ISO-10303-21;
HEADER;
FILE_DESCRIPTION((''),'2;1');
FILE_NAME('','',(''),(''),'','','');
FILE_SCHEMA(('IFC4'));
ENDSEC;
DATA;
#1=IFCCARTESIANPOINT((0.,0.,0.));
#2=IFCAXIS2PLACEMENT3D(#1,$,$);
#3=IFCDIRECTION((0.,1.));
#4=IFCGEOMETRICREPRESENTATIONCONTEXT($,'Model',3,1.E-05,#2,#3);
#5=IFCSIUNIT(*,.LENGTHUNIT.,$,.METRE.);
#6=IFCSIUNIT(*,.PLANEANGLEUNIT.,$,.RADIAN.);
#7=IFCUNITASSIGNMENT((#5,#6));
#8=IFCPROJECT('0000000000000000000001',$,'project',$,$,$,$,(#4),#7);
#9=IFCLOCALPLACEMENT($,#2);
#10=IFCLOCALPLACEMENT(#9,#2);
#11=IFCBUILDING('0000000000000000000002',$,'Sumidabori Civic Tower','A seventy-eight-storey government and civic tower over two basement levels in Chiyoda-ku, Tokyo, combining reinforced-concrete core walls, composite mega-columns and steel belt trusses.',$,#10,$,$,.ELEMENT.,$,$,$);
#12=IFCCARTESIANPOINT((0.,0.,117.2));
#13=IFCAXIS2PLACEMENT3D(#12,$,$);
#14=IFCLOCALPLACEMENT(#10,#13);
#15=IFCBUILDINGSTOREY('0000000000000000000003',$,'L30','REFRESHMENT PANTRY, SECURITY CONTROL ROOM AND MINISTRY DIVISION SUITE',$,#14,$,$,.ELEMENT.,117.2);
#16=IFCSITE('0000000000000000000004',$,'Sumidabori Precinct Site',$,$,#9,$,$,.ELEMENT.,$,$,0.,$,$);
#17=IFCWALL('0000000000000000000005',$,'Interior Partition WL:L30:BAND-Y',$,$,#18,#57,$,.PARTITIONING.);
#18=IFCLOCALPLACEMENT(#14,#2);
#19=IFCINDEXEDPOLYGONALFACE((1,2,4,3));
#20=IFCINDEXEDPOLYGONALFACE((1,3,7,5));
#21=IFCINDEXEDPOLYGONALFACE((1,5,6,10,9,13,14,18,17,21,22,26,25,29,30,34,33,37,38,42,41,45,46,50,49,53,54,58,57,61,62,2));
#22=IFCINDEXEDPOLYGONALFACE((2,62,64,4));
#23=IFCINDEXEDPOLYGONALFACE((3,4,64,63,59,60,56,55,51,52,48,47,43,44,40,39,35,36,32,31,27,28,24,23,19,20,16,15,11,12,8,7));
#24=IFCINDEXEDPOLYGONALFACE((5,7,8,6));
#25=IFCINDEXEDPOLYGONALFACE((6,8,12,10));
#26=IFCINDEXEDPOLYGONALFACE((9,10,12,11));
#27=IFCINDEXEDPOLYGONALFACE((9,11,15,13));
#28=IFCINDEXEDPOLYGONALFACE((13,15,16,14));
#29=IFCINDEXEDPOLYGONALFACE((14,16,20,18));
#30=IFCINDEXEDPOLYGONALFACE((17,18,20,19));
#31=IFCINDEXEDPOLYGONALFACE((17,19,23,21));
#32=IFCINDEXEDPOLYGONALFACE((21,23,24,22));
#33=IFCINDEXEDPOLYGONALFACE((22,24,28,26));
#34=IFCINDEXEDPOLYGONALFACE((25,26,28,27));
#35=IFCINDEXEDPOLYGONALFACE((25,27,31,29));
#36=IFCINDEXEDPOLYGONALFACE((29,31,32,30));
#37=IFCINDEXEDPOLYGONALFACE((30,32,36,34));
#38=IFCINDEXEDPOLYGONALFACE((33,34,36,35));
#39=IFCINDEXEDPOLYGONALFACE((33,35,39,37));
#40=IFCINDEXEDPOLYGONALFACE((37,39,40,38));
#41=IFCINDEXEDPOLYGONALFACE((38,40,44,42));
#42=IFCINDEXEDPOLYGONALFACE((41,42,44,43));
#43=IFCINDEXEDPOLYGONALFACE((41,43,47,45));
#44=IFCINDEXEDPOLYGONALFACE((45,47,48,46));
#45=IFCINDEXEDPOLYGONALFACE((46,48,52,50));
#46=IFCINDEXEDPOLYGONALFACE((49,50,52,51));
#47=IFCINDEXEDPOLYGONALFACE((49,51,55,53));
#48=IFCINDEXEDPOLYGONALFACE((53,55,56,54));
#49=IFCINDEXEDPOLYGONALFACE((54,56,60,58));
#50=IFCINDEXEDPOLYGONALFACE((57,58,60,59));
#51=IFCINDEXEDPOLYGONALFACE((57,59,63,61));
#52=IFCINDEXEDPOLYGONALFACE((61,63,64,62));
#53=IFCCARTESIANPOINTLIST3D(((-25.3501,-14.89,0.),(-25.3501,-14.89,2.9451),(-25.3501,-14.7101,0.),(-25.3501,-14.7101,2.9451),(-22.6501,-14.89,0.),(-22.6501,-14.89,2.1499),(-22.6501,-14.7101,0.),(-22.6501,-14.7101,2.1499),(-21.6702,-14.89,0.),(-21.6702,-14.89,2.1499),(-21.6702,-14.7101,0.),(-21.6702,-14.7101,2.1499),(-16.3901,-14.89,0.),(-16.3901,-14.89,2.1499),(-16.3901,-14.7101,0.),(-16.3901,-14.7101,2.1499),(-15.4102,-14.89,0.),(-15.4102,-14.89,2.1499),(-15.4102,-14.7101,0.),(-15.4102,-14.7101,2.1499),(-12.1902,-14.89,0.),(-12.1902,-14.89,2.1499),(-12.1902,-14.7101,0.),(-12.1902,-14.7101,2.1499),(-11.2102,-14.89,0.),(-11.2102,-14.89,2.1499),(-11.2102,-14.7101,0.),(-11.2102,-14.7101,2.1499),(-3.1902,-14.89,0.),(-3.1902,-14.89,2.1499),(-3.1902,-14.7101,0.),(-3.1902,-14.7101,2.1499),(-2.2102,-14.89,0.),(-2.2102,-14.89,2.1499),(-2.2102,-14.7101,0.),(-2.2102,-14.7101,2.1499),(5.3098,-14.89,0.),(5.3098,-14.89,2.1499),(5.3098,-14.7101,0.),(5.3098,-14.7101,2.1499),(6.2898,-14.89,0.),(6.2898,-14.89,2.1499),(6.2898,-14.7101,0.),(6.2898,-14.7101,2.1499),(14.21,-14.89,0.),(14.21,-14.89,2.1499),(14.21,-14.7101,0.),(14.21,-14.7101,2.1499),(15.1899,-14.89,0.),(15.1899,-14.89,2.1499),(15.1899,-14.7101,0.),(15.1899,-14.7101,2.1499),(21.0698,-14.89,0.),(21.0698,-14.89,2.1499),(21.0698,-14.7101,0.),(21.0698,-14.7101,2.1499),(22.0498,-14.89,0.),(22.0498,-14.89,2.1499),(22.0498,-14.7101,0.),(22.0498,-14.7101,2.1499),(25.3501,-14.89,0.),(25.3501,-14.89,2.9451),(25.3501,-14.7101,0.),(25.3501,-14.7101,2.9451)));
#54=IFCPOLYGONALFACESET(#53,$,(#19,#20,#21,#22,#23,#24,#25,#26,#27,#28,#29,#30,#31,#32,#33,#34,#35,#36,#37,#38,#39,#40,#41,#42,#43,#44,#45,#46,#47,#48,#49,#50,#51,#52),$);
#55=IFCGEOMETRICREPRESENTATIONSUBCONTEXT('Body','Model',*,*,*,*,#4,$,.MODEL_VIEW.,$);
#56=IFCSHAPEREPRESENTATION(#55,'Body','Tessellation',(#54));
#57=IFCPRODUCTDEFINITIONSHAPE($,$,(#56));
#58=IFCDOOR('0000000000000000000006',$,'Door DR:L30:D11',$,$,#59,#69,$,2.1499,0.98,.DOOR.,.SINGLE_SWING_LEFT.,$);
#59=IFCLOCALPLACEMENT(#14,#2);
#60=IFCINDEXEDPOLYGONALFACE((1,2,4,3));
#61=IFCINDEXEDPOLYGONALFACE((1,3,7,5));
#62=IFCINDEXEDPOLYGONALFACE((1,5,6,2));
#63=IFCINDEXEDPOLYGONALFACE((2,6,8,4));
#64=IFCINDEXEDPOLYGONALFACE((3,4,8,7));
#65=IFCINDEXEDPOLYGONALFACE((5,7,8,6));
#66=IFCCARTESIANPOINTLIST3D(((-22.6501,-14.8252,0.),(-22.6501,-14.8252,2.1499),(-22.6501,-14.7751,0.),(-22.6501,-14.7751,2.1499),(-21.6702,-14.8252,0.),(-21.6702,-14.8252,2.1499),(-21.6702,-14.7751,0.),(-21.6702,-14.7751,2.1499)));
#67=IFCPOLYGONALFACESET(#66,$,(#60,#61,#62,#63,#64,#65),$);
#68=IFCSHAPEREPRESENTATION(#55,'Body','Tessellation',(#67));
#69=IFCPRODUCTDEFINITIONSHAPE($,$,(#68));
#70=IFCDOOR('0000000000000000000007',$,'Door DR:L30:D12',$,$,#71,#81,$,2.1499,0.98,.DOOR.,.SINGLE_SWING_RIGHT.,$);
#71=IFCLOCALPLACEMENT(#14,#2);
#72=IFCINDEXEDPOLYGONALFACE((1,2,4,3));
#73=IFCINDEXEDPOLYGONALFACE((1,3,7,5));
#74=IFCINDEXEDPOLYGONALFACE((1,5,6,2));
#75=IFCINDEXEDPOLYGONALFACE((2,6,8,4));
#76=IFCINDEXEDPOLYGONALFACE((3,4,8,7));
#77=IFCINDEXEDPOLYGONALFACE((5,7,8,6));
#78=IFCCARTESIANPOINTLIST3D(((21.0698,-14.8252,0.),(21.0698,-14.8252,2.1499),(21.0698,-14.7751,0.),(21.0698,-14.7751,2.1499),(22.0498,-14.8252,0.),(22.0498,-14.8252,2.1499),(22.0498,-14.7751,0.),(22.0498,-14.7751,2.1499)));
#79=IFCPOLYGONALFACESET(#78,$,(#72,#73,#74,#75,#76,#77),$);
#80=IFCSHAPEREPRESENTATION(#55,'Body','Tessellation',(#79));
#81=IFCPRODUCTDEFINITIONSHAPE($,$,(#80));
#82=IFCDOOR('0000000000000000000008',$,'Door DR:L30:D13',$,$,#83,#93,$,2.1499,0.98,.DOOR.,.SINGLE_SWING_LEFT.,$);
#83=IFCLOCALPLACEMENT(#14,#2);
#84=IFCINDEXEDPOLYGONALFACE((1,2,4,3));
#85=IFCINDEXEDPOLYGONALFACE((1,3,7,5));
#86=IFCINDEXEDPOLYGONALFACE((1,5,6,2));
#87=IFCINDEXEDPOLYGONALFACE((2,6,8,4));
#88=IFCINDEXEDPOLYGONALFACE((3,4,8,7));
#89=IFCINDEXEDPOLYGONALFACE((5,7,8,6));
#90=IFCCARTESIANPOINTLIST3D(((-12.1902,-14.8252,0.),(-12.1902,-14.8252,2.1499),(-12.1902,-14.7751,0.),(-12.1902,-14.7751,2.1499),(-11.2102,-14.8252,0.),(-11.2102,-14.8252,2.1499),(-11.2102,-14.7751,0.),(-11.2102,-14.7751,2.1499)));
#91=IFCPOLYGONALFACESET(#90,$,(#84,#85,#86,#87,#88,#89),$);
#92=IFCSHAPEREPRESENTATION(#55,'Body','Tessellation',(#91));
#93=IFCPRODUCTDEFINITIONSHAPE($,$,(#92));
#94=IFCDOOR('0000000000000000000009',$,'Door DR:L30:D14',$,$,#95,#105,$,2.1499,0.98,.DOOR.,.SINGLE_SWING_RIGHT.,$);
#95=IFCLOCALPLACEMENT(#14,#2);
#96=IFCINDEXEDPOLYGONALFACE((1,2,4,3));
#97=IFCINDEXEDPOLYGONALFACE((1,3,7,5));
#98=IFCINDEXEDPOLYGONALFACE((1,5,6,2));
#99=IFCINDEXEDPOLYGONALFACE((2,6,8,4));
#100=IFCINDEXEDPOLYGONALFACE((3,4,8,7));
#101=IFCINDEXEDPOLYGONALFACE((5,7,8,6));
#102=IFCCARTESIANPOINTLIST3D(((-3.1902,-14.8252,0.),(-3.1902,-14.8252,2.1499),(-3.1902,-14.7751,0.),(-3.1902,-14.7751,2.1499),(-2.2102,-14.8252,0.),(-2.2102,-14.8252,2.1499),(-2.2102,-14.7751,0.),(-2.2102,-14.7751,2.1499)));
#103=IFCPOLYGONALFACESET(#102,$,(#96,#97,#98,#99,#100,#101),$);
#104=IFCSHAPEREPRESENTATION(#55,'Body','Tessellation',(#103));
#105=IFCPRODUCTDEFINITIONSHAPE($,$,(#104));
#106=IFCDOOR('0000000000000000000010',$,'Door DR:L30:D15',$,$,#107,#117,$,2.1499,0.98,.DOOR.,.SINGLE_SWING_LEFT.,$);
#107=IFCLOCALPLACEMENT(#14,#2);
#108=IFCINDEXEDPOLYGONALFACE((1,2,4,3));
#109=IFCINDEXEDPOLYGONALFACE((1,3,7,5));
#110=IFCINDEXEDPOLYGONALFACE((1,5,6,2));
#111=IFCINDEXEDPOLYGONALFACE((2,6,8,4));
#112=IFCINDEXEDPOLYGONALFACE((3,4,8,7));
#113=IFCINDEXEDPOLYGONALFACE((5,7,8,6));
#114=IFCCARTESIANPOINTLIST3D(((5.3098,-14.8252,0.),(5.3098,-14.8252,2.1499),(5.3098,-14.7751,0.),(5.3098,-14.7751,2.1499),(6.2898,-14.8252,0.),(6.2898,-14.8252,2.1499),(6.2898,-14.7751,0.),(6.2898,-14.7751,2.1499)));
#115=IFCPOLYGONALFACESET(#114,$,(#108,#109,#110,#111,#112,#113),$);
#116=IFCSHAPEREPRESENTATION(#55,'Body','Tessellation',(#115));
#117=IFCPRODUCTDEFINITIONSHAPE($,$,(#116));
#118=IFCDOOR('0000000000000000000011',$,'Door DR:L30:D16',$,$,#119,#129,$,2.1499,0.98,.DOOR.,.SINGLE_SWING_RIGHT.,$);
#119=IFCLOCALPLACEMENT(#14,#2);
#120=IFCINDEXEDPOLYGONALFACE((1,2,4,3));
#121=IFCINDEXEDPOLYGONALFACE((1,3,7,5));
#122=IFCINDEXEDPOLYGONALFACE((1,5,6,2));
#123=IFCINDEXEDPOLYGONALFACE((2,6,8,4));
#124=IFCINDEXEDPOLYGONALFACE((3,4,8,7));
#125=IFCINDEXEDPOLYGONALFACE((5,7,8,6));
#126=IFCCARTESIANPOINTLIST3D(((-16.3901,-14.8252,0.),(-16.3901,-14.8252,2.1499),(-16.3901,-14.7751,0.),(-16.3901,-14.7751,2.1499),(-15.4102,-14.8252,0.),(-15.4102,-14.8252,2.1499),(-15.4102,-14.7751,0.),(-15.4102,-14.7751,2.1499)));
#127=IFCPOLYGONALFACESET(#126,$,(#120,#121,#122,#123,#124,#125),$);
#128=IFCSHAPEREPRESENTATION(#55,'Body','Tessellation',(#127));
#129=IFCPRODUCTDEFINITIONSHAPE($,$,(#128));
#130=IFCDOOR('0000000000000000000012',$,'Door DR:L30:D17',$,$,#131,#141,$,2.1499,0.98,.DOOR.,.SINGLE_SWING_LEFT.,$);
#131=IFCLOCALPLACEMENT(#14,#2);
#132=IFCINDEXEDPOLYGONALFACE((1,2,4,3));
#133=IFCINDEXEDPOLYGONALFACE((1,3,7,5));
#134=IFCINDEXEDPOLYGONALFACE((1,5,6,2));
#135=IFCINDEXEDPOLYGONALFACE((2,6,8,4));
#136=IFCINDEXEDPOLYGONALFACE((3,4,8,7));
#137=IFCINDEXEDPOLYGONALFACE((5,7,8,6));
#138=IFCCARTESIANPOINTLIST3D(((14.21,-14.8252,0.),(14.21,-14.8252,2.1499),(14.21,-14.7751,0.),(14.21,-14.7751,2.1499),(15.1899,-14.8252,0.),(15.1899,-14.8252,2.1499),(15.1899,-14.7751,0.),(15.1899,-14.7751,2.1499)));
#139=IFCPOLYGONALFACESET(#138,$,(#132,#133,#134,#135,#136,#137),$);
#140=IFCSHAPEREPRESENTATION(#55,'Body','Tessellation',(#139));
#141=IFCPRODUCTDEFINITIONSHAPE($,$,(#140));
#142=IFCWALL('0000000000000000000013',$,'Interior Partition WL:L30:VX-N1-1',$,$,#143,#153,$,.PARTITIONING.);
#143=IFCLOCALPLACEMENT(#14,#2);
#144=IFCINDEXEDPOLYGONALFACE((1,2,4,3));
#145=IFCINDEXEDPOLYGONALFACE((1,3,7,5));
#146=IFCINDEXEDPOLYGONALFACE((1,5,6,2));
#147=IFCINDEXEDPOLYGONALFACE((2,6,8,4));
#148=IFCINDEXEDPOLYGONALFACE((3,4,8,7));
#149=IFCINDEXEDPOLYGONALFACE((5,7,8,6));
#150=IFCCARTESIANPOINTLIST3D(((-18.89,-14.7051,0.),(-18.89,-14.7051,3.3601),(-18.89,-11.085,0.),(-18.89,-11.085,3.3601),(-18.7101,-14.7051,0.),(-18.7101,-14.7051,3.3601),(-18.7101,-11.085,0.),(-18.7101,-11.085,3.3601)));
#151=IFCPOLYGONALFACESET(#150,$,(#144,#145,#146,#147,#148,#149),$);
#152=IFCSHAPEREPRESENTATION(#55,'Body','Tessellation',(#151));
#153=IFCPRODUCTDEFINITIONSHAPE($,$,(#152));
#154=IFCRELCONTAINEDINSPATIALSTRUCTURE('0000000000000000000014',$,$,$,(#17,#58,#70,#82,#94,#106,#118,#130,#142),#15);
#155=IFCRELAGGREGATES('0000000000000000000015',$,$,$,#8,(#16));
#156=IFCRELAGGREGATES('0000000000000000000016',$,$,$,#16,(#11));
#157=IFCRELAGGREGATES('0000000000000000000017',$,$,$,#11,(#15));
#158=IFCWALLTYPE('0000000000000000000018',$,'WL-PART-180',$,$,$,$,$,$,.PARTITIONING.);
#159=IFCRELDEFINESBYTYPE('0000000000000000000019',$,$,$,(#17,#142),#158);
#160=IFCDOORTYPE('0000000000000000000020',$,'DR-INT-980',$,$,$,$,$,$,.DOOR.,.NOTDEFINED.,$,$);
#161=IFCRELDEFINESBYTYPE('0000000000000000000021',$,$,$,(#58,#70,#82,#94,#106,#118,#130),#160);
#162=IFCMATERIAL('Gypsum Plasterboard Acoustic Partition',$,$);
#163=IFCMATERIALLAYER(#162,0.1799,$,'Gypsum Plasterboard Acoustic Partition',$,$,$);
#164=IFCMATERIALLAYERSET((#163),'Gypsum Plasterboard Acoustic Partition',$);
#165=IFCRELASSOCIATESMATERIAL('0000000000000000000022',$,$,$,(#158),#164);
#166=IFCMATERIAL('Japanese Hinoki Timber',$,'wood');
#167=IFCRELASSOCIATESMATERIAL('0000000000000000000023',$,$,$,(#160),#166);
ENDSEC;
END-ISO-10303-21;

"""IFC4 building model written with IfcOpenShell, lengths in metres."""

from ifc_helpers import new_model, si_unit, direction, frame, frame_2d, origin, place, context, subcontext, project, spatial, rectangle, extrude, source, transform, mapped, material, layer, layer_set, type_object, element, fill, save


model = new_model("IFC4")

# Units and contexts
model_context = context("Model", 3, precision=1e-05, world=origin(), true_north=direction((0.0, 1.0)))
body_context = subcontext(model_context, "Body", "Model", "MODEL_VIEW")
ifc_project = project(units=[si_unit("LENGTHUNIT", "METRE"), si_unit("PLANEANGLEUNIT", "RADIAN")], contexts=[model_context])

# Site, building, storey
site_placement = place(None, origin())
site = spatial("IfcSite", under=ifc_project, at=site_placement, Name="Sumidabori Precinct Site", CompositionType="ELEMENT", RefElevation=0.0)
building_placement = place(site_placement, origin())
building = spatial("IfcBuilding", under=site, at=building_placement, Name="Sumidabori Civic Tower", Description="A seventy-eight-storey government and civic tower over two basement levels in Chiyoda-ku, Tokyo, combining reinforced-concrete core walls, composite mega-columns and steel belt trusses.", CompositionType="ELEMENT")
storey_placement = place(building_placement, frame((0.0, 0.0, 117.2)))
storey = spatial("IfcBuildingStorey", under=building, at=storey_placement, Name="L30", Description="REFRESHMENT PANTRY, SECURITY CONTROL ROOM AND MINISTRY DIVISION SUITE", CompositionType="ELEMENT", Elevation=117.2)

# Wall, openings, doors
ifc_material_1 = material(Name="Gypsum Plasterboard Acoustic Partition")
ifc_layer_1 = layer(ifc_material_1, 0.1799, Name="Gypsum Plasterboard Acoustic Partition")
ifc_layer_set_1 = layer_set([ifc_layer_1], Name="Gypsum Plasterboard Acoustic Partition")
wall_type_1 = type_object("IfcWallType", Name="WL-PART-180", PredefinedType="PARTITIONING", material=ifc_layer_set_1)
shared_shape_1 = source(origin(), body_context, "Body", "SweptSolid", [
    extrude(rectangle(XDim=50.7002, YDim=0.1799, at=frame_2d((25.3501, 0.0))), origin(), (0.0, 0.0, 1.0), 2.9451),
])
wall_1_placement = place(storey_placement, frame((-25.3501, -14.8, 0.0), z_axis=(0.0, 0.0, 1.0), x_axis=(1.0, 0.0, 0.0)))
wall_1 = element("IfcWall", 1, at=wall_1_placement, inside=storey, type_object=wall_type_1, Name="Interior Partition WL:L30:BAND-Y", PredefinedType="PARTITIONING", context=body_context, shape_type="MappedRepresentation", body=[
    mapped(shared_shape_1, transform((0.0, 0.0, 0.0), x_axis=(1.0, 0.0, 0.0), y_axis=(0.0, 1.0, 0.0), z_axis=(0.0, 0.0, 1.0), scale=1.0)),
])
opening_1_placement = place(wall_1_placement, frame((2.7, 0.0, 0.0)))
opening_1 = element("IfcOpeningElement", 2, at=opening_1_placement, cuts=wall_1, PredefinedType="OPENING", context=body_context, shape_type="SweptSolid", body=[
    extrude(rectangle(XDim=0.98, YDim=2.1499, at=frame_2d((0.49, 1.075))), frame((0.0, 0.1021, 0.0), z_axis=(0.0, -1.0, 0.0), x_axis=(1.0, 0.0, 0.0)), (0.0, 0.0, 1.0), 0.2039),
])
opening_2_placement = place(wall_1_placement, frame((46.4199, 0.0, 0.0)))
opening_2 = element("IfcOpeningElement", 3, at=opening_2_placement, cuts=wall_1, PredefinedType="OPENING", context=body_context, shape_type="SweptSolid", body=[
    extrude(rectangle(XDim=0.98, YDim=2.1499, at=frame_2d((0.49, 1.075))), frame((0.0, 0.1021, 0.0), z_axis=(0.0, -1.0, 0.0), x_axis=(1.0, 0.0, 0.0)), (0.0, 0.0, 1.0), 0.2039),
])
opening_3_placement = place(wall_1_placement, frame((13.1599, 0.0, 0.0)))
opening_3 = element("IfcOpeningElement", 4, at=opening_3_placement, cuts=wall_1, PredefinedType="OPENING", context=body_context, shape_type="SweptSolid", body=[
    extrude(rectangle(XDim=0.98, YDim=2.1499, at=frame_2d((0.49, 1.075))), frame((0.0, 0.1021, 0.0), z_axis=(0.0, -1.0, 0.0), x_axis=(1.0, 0.0, 0.0)), (0.0, 0.0, 1.0), 0.2039),
])
opening_4_placement = place(wall_1_placement, frame((22.1599, 0.0, 0.0)))
opening_4 = element("IfcOpeningElement", 5, at=opening_4_placement, cuts=wall_1, PredefinedType="OPENING", context=body_context, shape_type="SweptSolid", body=[
    extrude(rectangle(XDim=0.98, YDim=2.1499, at=frame_2d((0.49, 1.075))), frame((0.0, 0.1021, 0.0), z_axis=(0.0, -1.0, 0.0), x_axis=(1.0, 0.0, 0.0)), (0.0, 0.0, 1.0), 0.2039),
])
opening_5_placement = place(wall_1_placement, frame((30.6599, 0.0, 0.0)))
opening_5 = element("IfcOpeningElement", 6, at=opening_5_placement, cuts=wall_1, PredefinedType="OPENING", context=body_context, shape_type="SweptSolid", body=[
    extrude(rectangle(XDim=0.98, YDim=2.1499, at=frame_2d((0.49, 1.075))), frame((0.0, 0.1021, 0.0), z_axis=(0.0, -1.0, 0.0), x_axis=(1.0, 0.0, 0.0)), (0.0, 0.0, 1.0), 0.2039),
])
opening_6_placement = place(wall_1_placement, frame((8.96, 0.0, 0.0)))
opening_6 = element("IfcOpeningElement", 7, at=opening_6_placement, cuts=wall_1, PredefinedType="OPENING", context=body_context, shape_type="SweptSolid", body=[
    extrude(rectangle(XDim=0.98, YDim=2.1499, at=frame_2d((0.49, 1.075))), frame((0.0, 0.1021, 0.0), z_axis=(0.0, -1.0, 0.0), x_axis=(1.0, 0.0, 0.0)), (0.0, 0.0, 1.0), 0.2039),
])
opening_7_placement = place(wall_1_placement, frame((39.5601, 0.0, 0.0)))
opening_7 = element("IfcOpeningElement", 8, at=opening_7_placement, cuts=wall_1, PredefinedType="OPENING", context=body_context, shape_type="SweptSolid", body=[
    extrude(rectangle(XDim=0.98, YDim=2.1499, at=frame_2d((0.49, 1.075))), frame((0.0, 0.1021, 0.0), z_axis=(0.0, -1.0, 0.0), x_axis=(1.0, 0.0, 0.0)), (0.0, 0.0, 1.0), 0.2039),
])
ifc_material_2 = material(Name="Japanese Hinoki Timber", Category="wood")
door_type = type_object("IfcDoorType", Name="DR-INT-980", OperationType="NOTDEFINED", PredefinedType="DOOR", material=ifc_material_2)
shared_shape_2 = source(origin(), body_context, "Body", "SweptSolid", [
    extrude(rectangle(XDim=0.98, YDim=2.1499, at=frame_2d((0.49, 1.075))), frame((0.0, 0.0249, 0.0), z_axis=(0.0, -1.0, 0.0), x_axis=(1.0, 0.0, 0.0)), (0.0, 0.0, 1.0), 0.05),
])
door_1_placement = place(opening_1_placement, origin())
door_1 = element("IfcDoor", 9, at=door_1_placement, inside=storey, type_object=door_type, Name="Door DR:L30:D11", OperationType="SINGLE_SWING_LEFT", OverallHeight=2.1499, OverallWidth=0.98, PredefinedType="DOOR", context=body_context, shape_type="MappedRepresentation", body=[
    mapped(shared_shape_2, transform((0.0, 0.0, 0.0), x_axis=(1.0, 0.0, 0.0), y_axis=(0.0, 1.0, 0.0), z_axis=(0.0, 0.0, 1.0), scale=1.0)),
])
fill(opening_1, door_1)
door_2_placement = place(opening_2_placement, origin())
door_2 = element("IfcDoor", 10, at=door_2_placement, inside=storey, type_object=door_type, Name="Door DR:L30:D12", OperationType="SINGLE_SWING_RIGHT", OverallHeight=2.1499, OverallWidth=0.98, PredefinedType="DOOR", context=body_context, shape_type="MappedRepresentation", body=[
    mapped(shared_shape_2, transform((0.0, 0.0, 0.0), x_axis=(1.0, 0.0, 0.0), y_axis=(0.0, 1.0, 0.0), z_axis=(0.0, 0.0, 1.0), scale=1.0)),
])
fill(opening_2, door_2)
door_3_placement = place(opening_3_placement, origin())
door_3 = element("IfcDoor", 11, at=door_3_placement, inside=storey, type_object=door_type, Name="Door DR:L30:D13", OperationType="SINGLE_SWING_LEFT", OverallHeight=2.1499, OverallWidth=0.98, PredefinedType="DOOR", context=body_context, shape_type="MappedRepresentation", body=[
    mapped(shared_shape_2, transform((0.0, 0.0, 0.0), x_axis=(1.0, 0.0, 0.0), y_axis=(0.0, 1.0, 0.0), z_axis=(0.0, 0.0, 1.0), scale=1.0)),
])
fill(opening_3, door_3)
door_4_placement = place(opening_4_placement, origin())
door_4 = element("IfcDoor", 12, at=door_4_placement, inside=storey, type_object=door_type, Name="Door DR:L30:D14", OperationType="SINGLE_SWING_RIGHT", OverallHeight=2.1499, OverallWidth=0.98, PredefinedType="DOOR", context=body_context, shape_type="MappedRepresentation", body=[
    mapped(shared_shape_2, transform((0.0, 0.0, 0.0), x_axis=(1.0, 0.0, 0.0), y_axis=(0.0, 1.0, 0.0), z_axis=(0.0, 0.0, 1.0), scale=1.0)),
])
fill(opening_4, door_4)
door_5_placement = place(opening_5_placement, origin())
door_5 = element("IfcDoor", 13, at=door_5_placement, inside=storey, type_object=door_type, Name="Door DR:L30:D15", OperationType="SINGLE_SWING_LEFT", OverallHeight=2.1499, OverallWidth=0.98, PredefinedType="DOOR", context=body_context, shape_type="MappedRepresentation", body=[
    mapped(shared_shape_2, transform((0.0, 0.0, 0.0), x_axis=(1.0, 0.0, 0.0), y_axis=(0.0, 1.0, 0.0), z_axis=(0.0, 0.0, 1.0), scale=1.0)),
])
fill(opening_5, door_5)
door_6_placement = place(opening_6_placement, origin())
door_6 = element("IfcDoor", 14, at=door_6_placement, inside=storey, type_object=door_type, Name="Door DR:L30:D16", OperationType="SINGLE_SWING_RIGHT", OverallHeight=2.1499, OverallWidth=0.98, PredefinedType="DOOR", context=body_context, shape_type="MappedRepresentation", body=[
    mapped(shared_shape_2, transform((0.0, 0.0, 0.0), x_axis=(1.0, 0.0, 0.0), y_axis=(0.0, 1.0, 0.0), z_axis=(0.0, 0.0, 1.0), scale=1.0)),
])
fill(opening_6, door_6)
door_7_placement = place(opening_7_placement, origin())
door_7 = element("IfcDoor", 15, at=door_7_placement, inside=storey, type_object=door_type, Name="Door DR:L30:D17", OperationType="SINGLE_SWING_LEFT", OverallHeight=2.1499, OverallWidth=0.98, PredefinedType="DOOR", context=body_context, shape_type="MappedRepresentation", body=[
    mapped(shared_shape_2, transform((0.0, 0.0, 0.0), x_axis=(1.0, 0.0, 0.0), y_axis=(0.0, 1.0, 0.0), z_axis=(0.0, 0.0, 1.0), scale=1.0)),
])
fill(opening_7, door_7)

# Wall
shared_shape_3 = source(origin(), body_context, "Body", "SweptSolid", [
    extrude(rectangle(XDim=3.6201, YDim=0.1799, at=frame_2d((1.8101, 0.0))), origin(), (0.0, 0.0, 1.0), 3.3601),
])
wall_2_placement = place(storey_placement, frame((-18.8, -14.7051, 0.0), z_axis=(0.0, 0.0, 1.0), x_axis=(0.0, 1.0, 0.0)))
element("IfcWall", 16, at=wall_2_placement, inside=storey, type_object=wall_type_1, Name="Interior Partition WL:L30:VX-N1-1", PredefinedType="PARTITIONING", context=body_context, shape_type="MappedRepresentation", body=[
    mapped(shared_shape_3, transform((0.0, 0.0, 0.0), x_axis=(1.0, 0.0, 0.0), y_axis=(0.0, 1.0, 0.0), z_axis=(0.0, 0.0, 1.0), scale=1.0)),
])

save(model, "model.ifc")
